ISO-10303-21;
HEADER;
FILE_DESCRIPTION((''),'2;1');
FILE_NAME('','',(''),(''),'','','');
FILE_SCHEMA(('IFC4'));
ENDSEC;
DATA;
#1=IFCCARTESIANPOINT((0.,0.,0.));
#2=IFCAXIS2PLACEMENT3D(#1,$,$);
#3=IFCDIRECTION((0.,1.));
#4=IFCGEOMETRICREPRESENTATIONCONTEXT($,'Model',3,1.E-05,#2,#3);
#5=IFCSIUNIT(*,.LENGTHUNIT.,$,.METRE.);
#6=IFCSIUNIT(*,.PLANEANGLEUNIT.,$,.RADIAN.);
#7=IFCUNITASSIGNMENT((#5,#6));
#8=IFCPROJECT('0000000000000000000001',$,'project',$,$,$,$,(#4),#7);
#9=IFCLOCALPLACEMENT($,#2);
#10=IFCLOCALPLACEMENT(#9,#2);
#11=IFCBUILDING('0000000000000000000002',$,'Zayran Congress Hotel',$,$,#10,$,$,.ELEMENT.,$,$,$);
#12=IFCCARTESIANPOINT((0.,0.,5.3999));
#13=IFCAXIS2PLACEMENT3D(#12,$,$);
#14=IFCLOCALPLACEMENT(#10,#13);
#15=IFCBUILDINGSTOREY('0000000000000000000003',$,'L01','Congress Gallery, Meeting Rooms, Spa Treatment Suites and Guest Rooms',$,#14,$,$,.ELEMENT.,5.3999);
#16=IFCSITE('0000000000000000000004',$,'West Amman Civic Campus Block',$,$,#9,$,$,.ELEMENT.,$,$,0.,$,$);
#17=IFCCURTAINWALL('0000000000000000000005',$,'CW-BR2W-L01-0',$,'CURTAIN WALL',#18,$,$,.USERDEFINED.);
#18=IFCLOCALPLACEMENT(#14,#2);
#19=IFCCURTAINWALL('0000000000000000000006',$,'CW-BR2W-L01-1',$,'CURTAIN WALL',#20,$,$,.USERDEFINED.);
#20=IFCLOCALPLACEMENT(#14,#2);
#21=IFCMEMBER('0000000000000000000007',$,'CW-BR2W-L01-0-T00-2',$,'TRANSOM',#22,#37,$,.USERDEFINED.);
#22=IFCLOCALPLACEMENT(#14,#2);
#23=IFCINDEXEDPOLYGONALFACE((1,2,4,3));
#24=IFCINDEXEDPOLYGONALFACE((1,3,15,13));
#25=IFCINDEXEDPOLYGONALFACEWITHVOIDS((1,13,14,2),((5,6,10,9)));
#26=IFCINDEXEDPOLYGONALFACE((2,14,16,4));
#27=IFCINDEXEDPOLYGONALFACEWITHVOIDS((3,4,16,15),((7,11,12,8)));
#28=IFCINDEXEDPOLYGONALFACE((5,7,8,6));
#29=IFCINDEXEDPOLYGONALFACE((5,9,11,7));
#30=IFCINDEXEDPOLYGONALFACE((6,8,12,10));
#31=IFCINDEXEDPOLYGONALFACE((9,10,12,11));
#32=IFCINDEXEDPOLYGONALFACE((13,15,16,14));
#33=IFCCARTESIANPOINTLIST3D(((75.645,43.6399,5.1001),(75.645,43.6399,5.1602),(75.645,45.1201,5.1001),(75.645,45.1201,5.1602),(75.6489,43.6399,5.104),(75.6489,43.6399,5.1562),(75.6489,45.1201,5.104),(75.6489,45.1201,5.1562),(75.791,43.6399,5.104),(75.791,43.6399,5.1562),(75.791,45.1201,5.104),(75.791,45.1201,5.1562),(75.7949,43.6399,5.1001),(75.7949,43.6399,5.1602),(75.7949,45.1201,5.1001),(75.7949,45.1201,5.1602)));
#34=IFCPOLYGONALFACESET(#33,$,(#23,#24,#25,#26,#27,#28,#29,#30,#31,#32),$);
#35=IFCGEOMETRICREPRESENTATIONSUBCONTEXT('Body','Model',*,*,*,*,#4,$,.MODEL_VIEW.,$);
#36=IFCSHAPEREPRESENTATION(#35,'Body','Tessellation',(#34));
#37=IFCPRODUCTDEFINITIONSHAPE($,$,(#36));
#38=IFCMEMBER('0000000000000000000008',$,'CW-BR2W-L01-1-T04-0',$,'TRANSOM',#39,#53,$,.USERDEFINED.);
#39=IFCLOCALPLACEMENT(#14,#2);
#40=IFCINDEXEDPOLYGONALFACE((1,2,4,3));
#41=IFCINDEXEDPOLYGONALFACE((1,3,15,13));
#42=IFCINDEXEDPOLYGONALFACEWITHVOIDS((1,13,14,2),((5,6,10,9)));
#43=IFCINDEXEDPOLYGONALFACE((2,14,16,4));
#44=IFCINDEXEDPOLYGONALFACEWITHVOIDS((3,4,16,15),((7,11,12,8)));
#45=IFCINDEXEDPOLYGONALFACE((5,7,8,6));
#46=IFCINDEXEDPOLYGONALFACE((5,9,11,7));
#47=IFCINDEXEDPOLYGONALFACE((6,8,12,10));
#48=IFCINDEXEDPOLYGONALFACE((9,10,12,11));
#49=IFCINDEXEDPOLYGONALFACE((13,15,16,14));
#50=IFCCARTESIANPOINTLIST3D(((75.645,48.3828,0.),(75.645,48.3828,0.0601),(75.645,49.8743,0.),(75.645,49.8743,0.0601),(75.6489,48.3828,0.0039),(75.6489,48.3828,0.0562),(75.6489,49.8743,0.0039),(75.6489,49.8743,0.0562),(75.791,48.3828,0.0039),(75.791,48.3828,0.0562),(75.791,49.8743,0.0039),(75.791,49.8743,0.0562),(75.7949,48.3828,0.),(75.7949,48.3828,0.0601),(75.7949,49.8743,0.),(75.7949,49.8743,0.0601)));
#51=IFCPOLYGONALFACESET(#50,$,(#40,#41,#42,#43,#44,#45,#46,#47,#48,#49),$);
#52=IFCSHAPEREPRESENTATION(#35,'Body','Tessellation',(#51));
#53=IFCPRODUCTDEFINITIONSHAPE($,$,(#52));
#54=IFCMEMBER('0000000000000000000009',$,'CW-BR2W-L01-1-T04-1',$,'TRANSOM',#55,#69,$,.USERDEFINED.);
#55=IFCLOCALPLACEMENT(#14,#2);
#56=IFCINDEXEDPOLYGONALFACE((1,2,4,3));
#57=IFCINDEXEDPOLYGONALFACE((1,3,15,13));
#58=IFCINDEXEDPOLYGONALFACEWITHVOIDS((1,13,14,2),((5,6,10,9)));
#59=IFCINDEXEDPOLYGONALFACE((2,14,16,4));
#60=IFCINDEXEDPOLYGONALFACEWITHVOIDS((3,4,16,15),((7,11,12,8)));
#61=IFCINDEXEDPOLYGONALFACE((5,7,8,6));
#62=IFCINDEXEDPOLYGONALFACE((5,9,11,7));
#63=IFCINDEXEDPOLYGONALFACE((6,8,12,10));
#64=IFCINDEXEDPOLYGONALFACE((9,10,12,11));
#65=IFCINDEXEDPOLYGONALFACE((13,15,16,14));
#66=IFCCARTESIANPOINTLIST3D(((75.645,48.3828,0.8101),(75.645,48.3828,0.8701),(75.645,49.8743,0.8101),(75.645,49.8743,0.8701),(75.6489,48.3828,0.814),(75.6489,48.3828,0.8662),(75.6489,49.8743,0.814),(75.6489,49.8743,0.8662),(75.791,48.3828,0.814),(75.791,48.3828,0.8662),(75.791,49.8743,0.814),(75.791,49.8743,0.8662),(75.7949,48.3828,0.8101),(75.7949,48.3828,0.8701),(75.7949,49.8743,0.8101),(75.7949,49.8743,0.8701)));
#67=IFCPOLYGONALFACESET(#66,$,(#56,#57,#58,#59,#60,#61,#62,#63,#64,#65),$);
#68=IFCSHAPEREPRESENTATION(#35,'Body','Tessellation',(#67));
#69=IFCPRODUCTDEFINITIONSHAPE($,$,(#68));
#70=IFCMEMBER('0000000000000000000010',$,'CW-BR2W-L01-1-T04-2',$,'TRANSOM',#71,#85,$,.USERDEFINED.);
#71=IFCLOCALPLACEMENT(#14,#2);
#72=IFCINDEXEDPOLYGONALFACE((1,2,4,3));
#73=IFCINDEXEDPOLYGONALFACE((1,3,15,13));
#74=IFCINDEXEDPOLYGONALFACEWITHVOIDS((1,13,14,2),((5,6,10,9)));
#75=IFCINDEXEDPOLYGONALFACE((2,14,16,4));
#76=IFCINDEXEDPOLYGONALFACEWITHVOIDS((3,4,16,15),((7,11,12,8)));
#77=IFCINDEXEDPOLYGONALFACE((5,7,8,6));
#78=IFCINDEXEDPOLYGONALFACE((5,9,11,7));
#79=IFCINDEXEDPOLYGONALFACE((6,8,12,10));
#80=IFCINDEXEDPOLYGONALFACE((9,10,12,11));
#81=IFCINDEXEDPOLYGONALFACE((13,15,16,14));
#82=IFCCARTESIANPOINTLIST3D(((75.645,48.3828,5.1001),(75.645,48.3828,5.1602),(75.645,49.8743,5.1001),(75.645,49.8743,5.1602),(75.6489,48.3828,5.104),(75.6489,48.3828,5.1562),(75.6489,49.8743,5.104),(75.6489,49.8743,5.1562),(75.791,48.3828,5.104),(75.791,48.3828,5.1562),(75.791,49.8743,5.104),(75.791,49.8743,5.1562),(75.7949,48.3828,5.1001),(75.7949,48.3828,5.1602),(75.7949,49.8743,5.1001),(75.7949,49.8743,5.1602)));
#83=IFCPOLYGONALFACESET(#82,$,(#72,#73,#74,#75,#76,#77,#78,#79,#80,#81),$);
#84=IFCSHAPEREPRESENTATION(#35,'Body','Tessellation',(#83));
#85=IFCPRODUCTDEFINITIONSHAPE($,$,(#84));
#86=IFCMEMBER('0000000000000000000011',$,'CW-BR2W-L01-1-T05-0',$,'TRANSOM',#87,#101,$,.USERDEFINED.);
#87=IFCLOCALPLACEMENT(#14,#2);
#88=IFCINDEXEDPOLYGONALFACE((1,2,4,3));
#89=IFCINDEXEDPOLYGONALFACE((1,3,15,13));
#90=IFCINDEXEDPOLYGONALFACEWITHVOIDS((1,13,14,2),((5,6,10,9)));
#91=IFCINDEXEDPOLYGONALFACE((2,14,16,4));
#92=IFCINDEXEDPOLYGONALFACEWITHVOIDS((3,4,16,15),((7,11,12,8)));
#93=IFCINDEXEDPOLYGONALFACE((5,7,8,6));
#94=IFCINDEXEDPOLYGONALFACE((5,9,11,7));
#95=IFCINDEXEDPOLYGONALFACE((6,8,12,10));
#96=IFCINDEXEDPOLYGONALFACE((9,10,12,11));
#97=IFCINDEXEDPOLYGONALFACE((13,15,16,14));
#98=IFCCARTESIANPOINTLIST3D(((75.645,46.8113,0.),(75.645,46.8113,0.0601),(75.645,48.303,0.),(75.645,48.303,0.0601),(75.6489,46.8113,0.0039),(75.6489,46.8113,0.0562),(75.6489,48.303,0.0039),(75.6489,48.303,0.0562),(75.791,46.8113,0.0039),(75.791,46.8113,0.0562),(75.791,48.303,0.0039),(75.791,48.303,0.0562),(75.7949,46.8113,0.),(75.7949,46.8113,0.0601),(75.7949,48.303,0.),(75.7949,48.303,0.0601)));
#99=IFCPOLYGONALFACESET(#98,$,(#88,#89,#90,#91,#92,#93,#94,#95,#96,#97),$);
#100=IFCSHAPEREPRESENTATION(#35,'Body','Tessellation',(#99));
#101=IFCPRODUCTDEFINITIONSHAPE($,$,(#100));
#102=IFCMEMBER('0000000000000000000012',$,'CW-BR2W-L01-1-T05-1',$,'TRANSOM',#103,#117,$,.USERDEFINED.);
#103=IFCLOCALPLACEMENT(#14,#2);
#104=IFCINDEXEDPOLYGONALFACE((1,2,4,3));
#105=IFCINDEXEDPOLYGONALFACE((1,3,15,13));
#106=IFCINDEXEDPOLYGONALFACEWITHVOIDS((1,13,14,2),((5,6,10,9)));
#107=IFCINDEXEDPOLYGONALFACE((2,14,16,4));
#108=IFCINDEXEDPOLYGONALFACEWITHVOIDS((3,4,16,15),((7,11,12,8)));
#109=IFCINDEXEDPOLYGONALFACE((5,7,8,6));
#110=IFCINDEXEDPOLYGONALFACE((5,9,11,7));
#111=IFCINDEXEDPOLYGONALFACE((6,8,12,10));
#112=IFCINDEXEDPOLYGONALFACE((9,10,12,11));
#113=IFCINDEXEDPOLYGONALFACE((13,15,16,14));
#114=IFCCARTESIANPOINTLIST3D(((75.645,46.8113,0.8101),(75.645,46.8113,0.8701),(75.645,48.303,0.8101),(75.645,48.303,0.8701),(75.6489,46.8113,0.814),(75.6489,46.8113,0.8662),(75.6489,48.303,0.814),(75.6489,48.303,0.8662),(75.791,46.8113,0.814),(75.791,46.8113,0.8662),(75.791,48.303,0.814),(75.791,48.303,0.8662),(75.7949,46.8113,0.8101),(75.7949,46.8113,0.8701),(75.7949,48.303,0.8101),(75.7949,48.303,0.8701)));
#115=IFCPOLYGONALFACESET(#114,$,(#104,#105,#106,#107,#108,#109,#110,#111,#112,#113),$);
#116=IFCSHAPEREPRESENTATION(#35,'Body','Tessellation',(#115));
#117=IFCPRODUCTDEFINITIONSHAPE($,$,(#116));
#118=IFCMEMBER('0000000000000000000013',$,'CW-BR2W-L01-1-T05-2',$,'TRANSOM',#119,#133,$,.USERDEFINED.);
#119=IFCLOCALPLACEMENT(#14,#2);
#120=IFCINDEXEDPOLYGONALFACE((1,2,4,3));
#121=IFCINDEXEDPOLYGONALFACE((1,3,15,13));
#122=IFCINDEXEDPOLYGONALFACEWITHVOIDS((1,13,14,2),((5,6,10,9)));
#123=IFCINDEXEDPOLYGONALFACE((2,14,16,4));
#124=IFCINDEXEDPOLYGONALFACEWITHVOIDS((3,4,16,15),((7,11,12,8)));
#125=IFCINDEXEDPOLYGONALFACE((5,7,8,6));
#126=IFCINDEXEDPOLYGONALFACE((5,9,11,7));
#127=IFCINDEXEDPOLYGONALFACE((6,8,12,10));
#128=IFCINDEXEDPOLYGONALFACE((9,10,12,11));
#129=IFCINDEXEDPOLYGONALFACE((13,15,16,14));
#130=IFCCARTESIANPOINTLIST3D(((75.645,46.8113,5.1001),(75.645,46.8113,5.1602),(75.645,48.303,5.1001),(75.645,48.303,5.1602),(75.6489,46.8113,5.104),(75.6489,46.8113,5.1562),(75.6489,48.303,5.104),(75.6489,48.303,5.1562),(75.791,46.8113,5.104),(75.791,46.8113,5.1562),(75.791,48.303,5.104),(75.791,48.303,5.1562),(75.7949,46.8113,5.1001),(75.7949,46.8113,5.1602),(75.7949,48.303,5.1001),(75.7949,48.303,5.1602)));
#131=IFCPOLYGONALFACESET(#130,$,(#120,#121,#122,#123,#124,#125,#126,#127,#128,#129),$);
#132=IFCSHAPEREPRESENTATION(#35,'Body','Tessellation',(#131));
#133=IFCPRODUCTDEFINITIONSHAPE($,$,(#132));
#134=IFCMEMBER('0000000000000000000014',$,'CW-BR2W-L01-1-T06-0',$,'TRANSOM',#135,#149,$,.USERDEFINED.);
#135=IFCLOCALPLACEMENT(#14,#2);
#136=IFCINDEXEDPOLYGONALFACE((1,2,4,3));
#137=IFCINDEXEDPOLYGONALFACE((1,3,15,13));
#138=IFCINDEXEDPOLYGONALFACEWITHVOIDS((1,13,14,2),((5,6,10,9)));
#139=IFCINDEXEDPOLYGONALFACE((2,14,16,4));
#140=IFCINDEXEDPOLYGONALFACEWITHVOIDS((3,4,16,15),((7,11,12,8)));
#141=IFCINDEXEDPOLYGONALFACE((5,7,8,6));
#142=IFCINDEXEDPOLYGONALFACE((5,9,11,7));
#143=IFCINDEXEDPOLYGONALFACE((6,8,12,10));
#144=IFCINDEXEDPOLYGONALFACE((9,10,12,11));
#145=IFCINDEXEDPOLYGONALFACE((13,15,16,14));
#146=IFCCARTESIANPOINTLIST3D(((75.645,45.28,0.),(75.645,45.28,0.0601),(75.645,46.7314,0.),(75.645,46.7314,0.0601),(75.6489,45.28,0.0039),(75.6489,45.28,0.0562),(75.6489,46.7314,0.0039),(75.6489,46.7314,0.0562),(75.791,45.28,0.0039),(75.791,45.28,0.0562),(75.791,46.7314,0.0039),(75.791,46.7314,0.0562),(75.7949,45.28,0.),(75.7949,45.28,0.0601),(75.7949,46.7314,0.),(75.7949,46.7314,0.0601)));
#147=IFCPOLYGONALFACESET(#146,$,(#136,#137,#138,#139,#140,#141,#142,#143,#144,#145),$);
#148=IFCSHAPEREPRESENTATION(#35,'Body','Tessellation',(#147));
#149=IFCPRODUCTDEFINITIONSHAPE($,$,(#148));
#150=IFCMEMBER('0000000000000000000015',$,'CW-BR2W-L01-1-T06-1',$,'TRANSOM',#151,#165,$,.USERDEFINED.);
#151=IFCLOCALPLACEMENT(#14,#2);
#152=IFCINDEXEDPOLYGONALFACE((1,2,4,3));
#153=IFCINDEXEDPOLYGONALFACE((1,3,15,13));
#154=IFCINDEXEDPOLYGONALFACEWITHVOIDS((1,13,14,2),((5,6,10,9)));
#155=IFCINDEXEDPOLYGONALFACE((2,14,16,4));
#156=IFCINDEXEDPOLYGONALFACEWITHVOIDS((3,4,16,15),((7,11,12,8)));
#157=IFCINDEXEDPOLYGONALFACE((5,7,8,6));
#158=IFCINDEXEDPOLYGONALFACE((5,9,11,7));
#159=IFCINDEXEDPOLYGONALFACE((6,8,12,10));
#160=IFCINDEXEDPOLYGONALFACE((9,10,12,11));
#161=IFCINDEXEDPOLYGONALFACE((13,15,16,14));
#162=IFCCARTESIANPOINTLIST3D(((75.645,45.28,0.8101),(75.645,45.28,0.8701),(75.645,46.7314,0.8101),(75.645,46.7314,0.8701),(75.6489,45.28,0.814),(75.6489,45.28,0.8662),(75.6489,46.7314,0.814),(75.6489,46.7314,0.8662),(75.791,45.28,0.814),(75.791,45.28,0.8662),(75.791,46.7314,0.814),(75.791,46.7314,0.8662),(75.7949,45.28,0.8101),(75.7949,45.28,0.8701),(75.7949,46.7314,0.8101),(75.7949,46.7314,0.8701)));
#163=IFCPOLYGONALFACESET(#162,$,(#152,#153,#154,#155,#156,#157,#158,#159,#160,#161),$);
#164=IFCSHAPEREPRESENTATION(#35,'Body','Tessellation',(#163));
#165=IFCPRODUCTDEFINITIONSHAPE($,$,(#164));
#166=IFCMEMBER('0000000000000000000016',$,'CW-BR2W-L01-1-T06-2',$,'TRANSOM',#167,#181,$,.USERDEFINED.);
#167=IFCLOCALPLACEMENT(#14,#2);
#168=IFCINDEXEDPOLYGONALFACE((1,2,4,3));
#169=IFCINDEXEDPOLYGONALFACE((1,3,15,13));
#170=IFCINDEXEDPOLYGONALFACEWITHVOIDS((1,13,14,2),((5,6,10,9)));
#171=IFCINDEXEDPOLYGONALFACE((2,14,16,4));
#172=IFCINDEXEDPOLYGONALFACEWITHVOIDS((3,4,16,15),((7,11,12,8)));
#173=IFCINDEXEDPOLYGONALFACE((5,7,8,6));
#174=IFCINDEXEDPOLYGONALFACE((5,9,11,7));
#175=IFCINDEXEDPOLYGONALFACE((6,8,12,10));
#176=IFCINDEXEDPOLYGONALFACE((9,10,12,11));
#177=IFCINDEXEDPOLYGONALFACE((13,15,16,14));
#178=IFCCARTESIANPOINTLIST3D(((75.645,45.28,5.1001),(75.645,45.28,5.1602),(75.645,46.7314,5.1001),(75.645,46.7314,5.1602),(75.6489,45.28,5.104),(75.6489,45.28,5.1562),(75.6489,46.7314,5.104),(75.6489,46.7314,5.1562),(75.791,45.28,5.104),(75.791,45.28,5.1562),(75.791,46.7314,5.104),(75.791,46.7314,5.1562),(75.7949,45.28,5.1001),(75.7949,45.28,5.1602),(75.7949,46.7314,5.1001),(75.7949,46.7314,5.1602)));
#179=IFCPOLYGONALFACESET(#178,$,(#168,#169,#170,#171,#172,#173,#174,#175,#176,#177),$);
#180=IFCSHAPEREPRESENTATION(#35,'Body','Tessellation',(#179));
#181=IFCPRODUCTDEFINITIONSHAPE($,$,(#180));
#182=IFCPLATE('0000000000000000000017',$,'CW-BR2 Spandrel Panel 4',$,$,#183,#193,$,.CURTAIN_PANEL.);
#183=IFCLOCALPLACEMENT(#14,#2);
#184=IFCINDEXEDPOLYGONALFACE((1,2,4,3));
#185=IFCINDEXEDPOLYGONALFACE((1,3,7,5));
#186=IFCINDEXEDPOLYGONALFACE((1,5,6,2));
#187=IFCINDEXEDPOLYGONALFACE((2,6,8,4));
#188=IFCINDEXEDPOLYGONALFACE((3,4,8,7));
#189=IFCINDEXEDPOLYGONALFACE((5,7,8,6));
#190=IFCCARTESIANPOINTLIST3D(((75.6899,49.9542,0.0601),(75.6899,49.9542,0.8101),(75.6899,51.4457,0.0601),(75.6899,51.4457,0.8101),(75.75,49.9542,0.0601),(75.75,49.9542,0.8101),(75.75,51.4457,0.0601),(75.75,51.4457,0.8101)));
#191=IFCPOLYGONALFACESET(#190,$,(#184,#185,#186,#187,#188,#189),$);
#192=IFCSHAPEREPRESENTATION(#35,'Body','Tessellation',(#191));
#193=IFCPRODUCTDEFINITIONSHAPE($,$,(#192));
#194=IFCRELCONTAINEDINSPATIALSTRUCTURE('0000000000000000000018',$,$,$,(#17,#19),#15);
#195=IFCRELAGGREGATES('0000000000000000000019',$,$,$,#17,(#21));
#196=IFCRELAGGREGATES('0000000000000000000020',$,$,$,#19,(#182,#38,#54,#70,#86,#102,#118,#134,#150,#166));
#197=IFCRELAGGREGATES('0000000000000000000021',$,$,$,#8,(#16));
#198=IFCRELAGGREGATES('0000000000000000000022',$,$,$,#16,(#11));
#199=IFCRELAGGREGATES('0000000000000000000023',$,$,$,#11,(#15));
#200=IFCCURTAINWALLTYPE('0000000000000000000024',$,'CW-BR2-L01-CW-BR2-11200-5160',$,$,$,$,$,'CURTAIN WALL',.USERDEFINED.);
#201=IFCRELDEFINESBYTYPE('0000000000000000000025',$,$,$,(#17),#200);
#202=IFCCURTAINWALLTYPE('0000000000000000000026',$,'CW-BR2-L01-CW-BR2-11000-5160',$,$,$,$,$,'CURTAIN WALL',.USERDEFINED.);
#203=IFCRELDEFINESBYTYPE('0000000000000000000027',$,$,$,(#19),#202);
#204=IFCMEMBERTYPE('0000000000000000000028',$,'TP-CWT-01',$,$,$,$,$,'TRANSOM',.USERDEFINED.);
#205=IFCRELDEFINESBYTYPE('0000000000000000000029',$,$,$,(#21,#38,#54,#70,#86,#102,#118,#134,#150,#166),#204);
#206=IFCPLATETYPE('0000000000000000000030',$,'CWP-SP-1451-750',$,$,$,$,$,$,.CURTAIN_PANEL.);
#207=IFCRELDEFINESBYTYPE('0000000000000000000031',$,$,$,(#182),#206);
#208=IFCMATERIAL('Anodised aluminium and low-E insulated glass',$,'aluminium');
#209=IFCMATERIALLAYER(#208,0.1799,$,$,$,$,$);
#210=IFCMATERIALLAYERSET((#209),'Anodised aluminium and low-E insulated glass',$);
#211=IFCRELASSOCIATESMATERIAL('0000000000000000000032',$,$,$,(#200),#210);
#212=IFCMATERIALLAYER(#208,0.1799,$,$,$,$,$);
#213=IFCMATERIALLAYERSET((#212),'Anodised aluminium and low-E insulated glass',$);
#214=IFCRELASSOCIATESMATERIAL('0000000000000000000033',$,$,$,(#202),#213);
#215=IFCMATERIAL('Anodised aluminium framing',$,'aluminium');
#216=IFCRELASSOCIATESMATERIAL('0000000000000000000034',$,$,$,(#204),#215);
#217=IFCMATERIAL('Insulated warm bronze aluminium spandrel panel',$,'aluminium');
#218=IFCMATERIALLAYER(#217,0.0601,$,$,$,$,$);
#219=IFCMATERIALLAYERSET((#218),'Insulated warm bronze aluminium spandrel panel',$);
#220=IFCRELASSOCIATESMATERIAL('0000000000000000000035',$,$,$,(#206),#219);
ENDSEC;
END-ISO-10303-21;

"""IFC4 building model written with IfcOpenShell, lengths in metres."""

from ifc_helpers import new_model, si_unit, direction, frame, origin, origin_2d, place, context, subcontext, project, spatial, rectangle, hollow_rectangle, extrude, material, layer, layer_set, material_profile, profile_set, type_object, element, aggregate, save


model = new_model("IFC4")

# Units and contexts
model_context = context("Model", 3, precision=1e-05, world=origin(), true_north=direction((0.0, 1.0)))
body_context = subcontext(model_context, "Body", "Model", "MODEL_VIEW")
ifc_project = project(units=[si_unit("LENGTHUNIT", "METRE"), si_unit("PLANEANGLEUNIT", "RADIAN")], contexts=[model_context])

# Site, building, storey
site_placement = place(None, origin())
site = spatial("IfcSite", under=ifc_project, at=site_placement, Name="West Amman Civic Campus Block", CompositionType="ELEMENT", RefElevation=0.0)
building_placement = place(site_placement, origin())
building = spatial("IfcBuilding", under=site, at=building_placement, Name="Zayran Congress Hotel", CompositionType="ELEMENT")
storey_placement = place(building_placement, frame((0.0, 0.0, 5.3999)))
storey = spatial("IfcBuildingStorey", under=building, at=storey_placement, Name="L01", Description="Congress Gallery, Meeting Rooms, Spa Treatment Suites and Guest Rooms", CompositionType="ELEMENT", Elevation=5.3999)

# Curtain wall
ifc_material_1 = material(Name="Anodised aluminium and low-E insulated glass", Category="aluminium")
ifc_layer_1 = layer(ifc_material_1, 0.1799)
ifc_layer_set_1 = layer_set([ifc_layer_1], Name="Anodised aluminium and low-E insulated glass")
curtain_wall_type_1 = type_object("IfcCurtainWallType", Name="CW-BR2-L01-CW-BR2-11200-5160", ElementType="CURTAIN WALL", PredefinedType="USERDEFINED", material=ifc_layer_set_1)
curtain_wall_1_placement = place(storey_placement, origin())
curtain_wall_1 = element("IfcCurtainWall", 1, at=curtain_wall_1_placement, inside=storey, type_object=curtain_wall_type_1, Name="CW-BR2W-L01-0", ObjectType="CURTAIN WALL", PredefinedType="USERDEFINED")
ifc_material_2 = material(Name="Anodised aluminium framing", Category="aluminium")

# Curtain wall
ifc_layer_2 = layer(ifc_material_1, 0.1799)
ifc_layer_set_2 = layer_set([ifc_layer_2], Name="Anodised aluminium and low-E insulated glass")
curtain_wall_type_2 = type_object("IfcCurtainWallType", Name="CW-BR2-L01-CW-BR2-11000-5160", ElementType="CURTAIN WALL", PredefinedType="USERDEFINED", material=ifc_layer_set_2)
curtain_wall_2_placement = place(storey_placement, origin())
curtain_wall_2 = element("IfcCurtainWall", 2, at=curtain_wall_2_placement, inside=storey, type_object=curtain_wall_type_2, Name="CW-BR2W-L01-1", ObjectType="CURTAIN WALL", PredefinedType="USERDEFINED")

# Members
ifc_material_profile_1 = material_profile(ifc_material_2, hollow_rectangle(XDim=0.0601, YDim=0.1499, WallThickness=0.0039, at=origin_2d()), Name="RHS 150x60x4")
ifc_profile_set_1 = profile_set([ifc_material_profile_1], Name="Anodised aluminium framing")
member_type_1 = type_object("IfcMemberType", Name="TP-CWT-01", ElementType="TRANSOM", PredefinedType="USERDEFINED", material=ifc_profile_set_1)
member_1_placement = place(storey_placement, frame((75.72, 45.1201, 5.1301), z_axis=(0.0, -1.0, 0.0), x_axis=(0.0, 0.0, 1.0)))
member_1 = element("IfcMember", 3, at=member_1_placement, type_object=member_type_1, Name="CW-BR2W-L01-0-T00-2", ObjectType="TRANSOM", PredefinedType="USERDEFINED", context=body_context, shape_type="SweptSolid", body=[
    extrude(hollow_rectangle(XDim=0.0601, YDim=0.1499, WallThickness=0.0039, at=origin_2d()), origin(), (0.0, 0.0, 1.0), 1.4802),
])
member_2_placement = place(storey_placement, frame((75.72, 49.8743, 0.03), z_axis=(0.0, -1.0, 0.0), x_axis=(0.0, 0.0, 1.0)))
member_2 = element("IfcMember", 4, at=member_2_placement, type_object=member_type_1, Name="CW-BR2W-L01-1-T04-0", ObjectType="TRANSOM", PredefinedType="USERDEFINED", context=body_context, shape_type="SweptSolid", body=[
    extrude(hollow_rectangle(XDim=0.0601, YDim=0.1499, WallThickness=0.0039, at=origin_2d()), origin(), (0.0, 0.0, 1.0), 1.4915),
])
member_3_placement = place(storey_placement, frame((75.72, 49.8743, 0.8401), z_axis=(0.0, -1.0, 0.0), x_axis=(0.0, 0.0, 1.0)))
member_3 = element("IfcMember", 5, at=member_3_placement, type_object=member_type_1, Name="CW-BR2W-L01-1-T04-1", ObjectType="TRANSOM", PredefinedType="USERDEFINED", context=body_context, shape_type="SweptSolid", body=[
    extrude(hollow_rectangle(XDim=0.0601, YDim=0.1499, WallThickness=0.0039, at=origin_2d()), origin(), (0.0, 0.0, 1.0), 1.4915),
])
member_4_placement = place(storey_placement, frame((75.72, 49.8743, 5.1301), z_axis=(0.0, -1.0, 0.0), x_axis=(0.0, 0.0, 1.0)))
member_4 = element("IfcMember", 6, at=member_4_placement, type_object=member_type_1, Name="CW-BR2W-L01-1-T04-2", ObjectType="TRANSOM", PredefinedType="USERDEFINED", context=body_context, shape_type="SweptSolid", body=[
    extrude(hollow_rectangle(XDim=0.0601, YDim=0.1499, WallThickness=0.0039, at=origin_2d()), origin(), (0.0, 0.0, 1.0), 1.4915),
])
member_5_placement = place(storey_placement, frame((75.72, 48.303, 0.03), z_axis=(0.0, -1.0, 0.0), x_axis=(0.0, 0.0, 1.0)))
member_5 = element("IfcMember", 7, at=member_5_placement, type_object=member_type_1, Name="CW-BR2W-L01-1-T05-0", ObjectType="TRANSOM", PredefinedType="USERDEFINED", context=body_context, shape_type="SweptSolid", body=[
    extrude(hollow_rectangle(XDim=0.0601, YDim=0.1499, WallThickness=0.0039, at=origin_2d()), origin(), (0.0, 0.0, 1.0), 1.4917),
])
member_6_placement = place(storey_placement, frame((75.72, 48.303, 0.8401), z_axis=(0.0, -1.0, 0.0), x_axis=(0.0, 0.0, 1.0)))
member_6 = element("IfcMember", 8, at=member_6_placement, type_object=member_type_1, Name="CW-BR2W-L01-1-T05-1", ObjectType="TRANSOM", PredefinedType="USERDEFINED", context=body_context, shape_type="SweptSolid", body=[
    extrude(hollow_rectangle(XDim=0.0601, YDim=0.1499, WallThickness=0.0039, at=origin_2d()), origin(), (0.0, 0.0, 1.0), 1.4917),
])
member_7_placement = place(storey_placement, frame((75.72, 48.303, 5.1301), z_axis=(0.0, -1.0, 0.0), x_axis=(0.0, 0.0, 1.0)))
member_7 = element("IfcMember", 9, at=member_7_placement, type_object=member_type_1, Name="CW-BR2W-L01-1-T05-2", ObjectType="TRANSOM", PredefinedType="USERDEFINED", context=body_context, shape_type="SweptSolid", body=[
    extrude(hollow_rectangle(XDim=0.0601, YDim=0.1499, WallThickness=0.0039, at=origin_2d()), origin(), (0.0, 0.0, 1.0), 1.4917),
])
member_8_placement = place(storey_placement, frame((75.72, 46.7314, 0.03), z_axis=(0.0, -1.0, 0.0), x_axis=(0.0, 0.0, 1.0)))
member_8 = element("IfcMember", 10, at=member_8_placement, type_object=member_type_1, Name="CW-BR2W-L01-1-T06-0", ObjectType="TRANSOM", PredefinedType="USERDEFINED", context=body_context, shape_type="SweptSolid", body=[
    extrude(hollow_rectangle(XDim=0.0601, YDim=0.1499, WallThickness=0.0039, at=origin_2d()), origin(), (0.0, 0.0, 1.0), 1.4514),
])
member_9_placement = place(storey_placement, frame((75.72, 46.7314, 0.8401), z_axis=(0.0, -1.0, 0.0), x_axis=(0.0, 0.0, 1.0)))
member_9 = element("IfcMember", 11, at=member_9_placement, type_object=member_type_1, Name="CW-BR2W-L01-1-T06-1", ObjectType="TRANSOM", PredefinedType="USERDEFINED", context=body_context, shape_type="SweptSolid", body=[
    extrude(hollow_rectangle(XDim=0.0601, YDim=0.1499, WallThickness=0.0039, at=origin_2d()), origin(), (0.0, 0.0, 1.0), 1.4514),
])
member_10_placement = place(storey_placement, frame((75.72, 46.7314, 5.1301), z_axis=(0.0, -1.0, 0.0), x_axis=(0.0, 0.0, 1.0)))
member_10 = element("IfcMember", 12, at=member_10_placement, type_object=member_type_1, Name="CW-BR2W-L01-1-T06-2", ObjectType="TRANSOM", PredefinedType="USERDEFINED", context=body_context, shape_type="SweptSolid", body=[
    extrude(hollow_rectangle(XDim=0.0601, YDim=0.1499, WallThickness=0.0039, at=origin_2d()), origin(), (0.0, 0.0, 1.0), 1.4514),
])

# Plate
ifc_material_3 = material(Name="Insulated warm bronze aluminium spandrel panel", Category="aluminium")
ifc_layer_3 = layer(ifc_material_3, 0.0601)
ifc_layer_set_3 = layer_set([ifc_layer_3], Name="Insulated warm bronze aluminium spandrel panel")
plate_type_1 = type_object("IfcPlateType", Name="CWP-SP-1451-750", PredefinedType="CURTAIN_PANEL", material=ifc_layer_set_3)
plate_1_placement = place(storey_placement, frame((75.72, 50.7, 0.0601), z_axis=(0.0, 0.0, 1.0), x_axis=(0.0, 1.0, 0.0)))
plate_1 = element("IfcPlate", 13, at=plate_1_placement, type_object=plate_type_1, Name="CW-BR2 Spandrel Panel 4", PredefinedType="CURTAIN_PANEL", context=body_context, shape_type="SweptSolid", body=[
    extrude(rectangle(XDim=1.4915, YDim=0.0601, at=origin_2d()), origin(), (0.0, 0.0, 1.0), 0.75),
])
aggregate(curtain_wall_1, [member_1])
aggregate(curtain_wall_2, [plate_1, member_2, member_3, member_4, member_5, member_6, member_7, member_8, member_9, member_10])

save(model, "model.ifc")
